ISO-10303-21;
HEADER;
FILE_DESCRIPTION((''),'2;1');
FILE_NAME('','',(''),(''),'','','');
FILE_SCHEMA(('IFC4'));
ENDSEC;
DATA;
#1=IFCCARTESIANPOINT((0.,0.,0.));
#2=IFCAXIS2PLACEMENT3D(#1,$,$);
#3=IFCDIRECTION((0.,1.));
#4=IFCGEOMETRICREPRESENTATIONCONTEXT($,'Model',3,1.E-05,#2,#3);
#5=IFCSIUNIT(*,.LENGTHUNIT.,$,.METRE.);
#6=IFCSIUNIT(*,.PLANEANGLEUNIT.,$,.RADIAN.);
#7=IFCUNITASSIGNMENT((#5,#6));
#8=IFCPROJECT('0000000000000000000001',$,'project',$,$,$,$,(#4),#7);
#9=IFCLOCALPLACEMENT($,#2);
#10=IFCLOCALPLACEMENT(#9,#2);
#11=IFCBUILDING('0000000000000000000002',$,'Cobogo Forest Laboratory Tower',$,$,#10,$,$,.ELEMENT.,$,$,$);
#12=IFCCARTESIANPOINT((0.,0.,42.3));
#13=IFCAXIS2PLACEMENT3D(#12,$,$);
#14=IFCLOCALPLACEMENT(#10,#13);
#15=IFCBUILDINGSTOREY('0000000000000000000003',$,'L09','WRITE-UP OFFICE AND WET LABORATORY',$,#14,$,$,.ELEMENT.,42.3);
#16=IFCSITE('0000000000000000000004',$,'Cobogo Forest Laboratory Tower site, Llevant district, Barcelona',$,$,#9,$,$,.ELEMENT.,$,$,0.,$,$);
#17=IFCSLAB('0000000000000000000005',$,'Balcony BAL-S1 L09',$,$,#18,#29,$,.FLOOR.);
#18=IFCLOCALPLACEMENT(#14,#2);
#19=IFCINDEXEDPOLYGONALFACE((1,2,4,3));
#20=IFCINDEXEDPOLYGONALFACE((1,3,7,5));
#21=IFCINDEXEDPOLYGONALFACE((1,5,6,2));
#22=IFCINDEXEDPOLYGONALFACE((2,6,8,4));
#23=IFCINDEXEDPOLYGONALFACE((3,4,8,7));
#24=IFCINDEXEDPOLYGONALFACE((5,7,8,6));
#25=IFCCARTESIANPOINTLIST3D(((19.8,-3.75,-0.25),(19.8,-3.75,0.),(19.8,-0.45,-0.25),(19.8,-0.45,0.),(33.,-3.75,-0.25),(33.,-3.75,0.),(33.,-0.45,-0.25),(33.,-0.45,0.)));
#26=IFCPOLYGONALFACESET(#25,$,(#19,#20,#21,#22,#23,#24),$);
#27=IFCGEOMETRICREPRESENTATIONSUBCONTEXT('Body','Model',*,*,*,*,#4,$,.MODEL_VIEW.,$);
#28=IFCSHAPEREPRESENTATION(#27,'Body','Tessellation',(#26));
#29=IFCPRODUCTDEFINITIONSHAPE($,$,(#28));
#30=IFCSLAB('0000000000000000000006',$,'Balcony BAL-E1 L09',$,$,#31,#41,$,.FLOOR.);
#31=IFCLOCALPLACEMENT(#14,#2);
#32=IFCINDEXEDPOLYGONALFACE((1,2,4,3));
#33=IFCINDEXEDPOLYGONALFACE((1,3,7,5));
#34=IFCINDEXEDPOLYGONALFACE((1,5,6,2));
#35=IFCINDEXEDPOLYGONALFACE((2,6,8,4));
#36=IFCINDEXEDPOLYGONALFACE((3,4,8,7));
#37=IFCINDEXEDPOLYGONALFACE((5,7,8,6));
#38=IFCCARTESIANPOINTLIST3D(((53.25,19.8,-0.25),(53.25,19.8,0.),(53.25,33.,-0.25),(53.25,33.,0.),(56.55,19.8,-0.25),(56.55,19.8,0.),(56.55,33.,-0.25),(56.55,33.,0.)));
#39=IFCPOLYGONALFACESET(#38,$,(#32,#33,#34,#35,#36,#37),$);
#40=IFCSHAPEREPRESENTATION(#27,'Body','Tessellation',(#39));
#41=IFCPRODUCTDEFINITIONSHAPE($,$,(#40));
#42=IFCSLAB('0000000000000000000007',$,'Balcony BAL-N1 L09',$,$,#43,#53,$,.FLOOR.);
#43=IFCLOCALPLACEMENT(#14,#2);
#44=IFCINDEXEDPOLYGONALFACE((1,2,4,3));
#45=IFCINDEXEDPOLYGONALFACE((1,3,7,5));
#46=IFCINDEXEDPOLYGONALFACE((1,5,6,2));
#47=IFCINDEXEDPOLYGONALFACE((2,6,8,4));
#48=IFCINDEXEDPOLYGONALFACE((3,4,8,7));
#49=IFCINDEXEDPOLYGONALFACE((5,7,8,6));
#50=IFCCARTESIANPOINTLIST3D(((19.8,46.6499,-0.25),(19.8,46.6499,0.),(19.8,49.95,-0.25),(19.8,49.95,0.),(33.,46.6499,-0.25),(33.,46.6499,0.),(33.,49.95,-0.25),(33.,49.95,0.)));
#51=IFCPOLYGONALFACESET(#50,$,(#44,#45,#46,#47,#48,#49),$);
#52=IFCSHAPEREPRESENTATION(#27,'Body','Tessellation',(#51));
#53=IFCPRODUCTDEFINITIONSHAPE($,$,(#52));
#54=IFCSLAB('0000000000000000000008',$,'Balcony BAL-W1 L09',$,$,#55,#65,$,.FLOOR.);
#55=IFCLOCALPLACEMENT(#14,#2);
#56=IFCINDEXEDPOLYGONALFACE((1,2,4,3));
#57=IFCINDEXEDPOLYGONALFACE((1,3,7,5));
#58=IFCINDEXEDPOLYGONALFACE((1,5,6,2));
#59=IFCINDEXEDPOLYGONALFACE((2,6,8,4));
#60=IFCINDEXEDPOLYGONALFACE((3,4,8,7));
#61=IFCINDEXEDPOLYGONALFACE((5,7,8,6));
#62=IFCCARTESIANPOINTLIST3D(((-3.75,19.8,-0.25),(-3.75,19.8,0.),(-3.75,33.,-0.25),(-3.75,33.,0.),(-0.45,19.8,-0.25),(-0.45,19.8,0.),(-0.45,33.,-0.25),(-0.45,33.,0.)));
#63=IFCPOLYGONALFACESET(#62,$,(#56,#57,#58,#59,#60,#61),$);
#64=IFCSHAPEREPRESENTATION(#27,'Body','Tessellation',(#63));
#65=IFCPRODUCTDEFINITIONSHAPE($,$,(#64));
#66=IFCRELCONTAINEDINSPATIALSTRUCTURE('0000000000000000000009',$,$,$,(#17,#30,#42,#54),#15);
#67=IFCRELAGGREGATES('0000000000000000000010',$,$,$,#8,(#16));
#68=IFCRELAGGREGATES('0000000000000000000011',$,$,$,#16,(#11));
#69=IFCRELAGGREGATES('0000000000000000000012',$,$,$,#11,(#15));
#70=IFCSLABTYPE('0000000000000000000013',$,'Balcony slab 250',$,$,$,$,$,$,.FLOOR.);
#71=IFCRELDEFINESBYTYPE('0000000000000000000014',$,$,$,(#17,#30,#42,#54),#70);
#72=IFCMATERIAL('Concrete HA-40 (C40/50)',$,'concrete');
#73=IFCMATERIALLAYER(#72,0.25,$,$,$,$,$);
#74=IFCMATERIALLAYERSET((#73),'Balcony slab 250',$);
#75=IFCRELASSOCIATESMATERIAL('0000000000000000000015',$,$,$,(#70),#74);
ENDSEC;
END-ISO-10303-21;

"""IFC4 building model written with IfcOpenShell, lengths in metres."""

from ifc_helpers import new_model, si_unit, direction, frame, origin, place, context, subcontext, project, spatial, polyline, outline, extrude, material, layer, layer_set, type_object, element, save


model = new_model("IFC4")

# Units and contexts
model_context = context("Model", 3, precision=1e-05, world=origin(), true_north=direction((0.0, 1.0)))
body_context = subcontext(model_context, "Body", "Model", "MODEL_VIEW")
ifc_project = project(units=[si_unit("LENGTHUNIT", "METRE"), si_unit("PLANEANGLEUNIT", "RADIAN")], contexts=[model_context])

# Site, building, storey
site_placement = place(None, origin())
site = spatial("IfcSite", under=ifc_project, at=site_placement, Name="Cobogo Forest Laboratory Tower site, Llevant district, Barcelona", CompositionType="ELEMENT", RefElevation=0.0)
building_placement = place(site_placement, origin())
building = spatial("IfcBuilding", under=site, at=building_placement, Name="Cobogo Forest Laboratory Tower", CompositionType="ELEMENT")
storey_placement = place(building_placement, frame((0.0, 0.0, 42.3)))
storey = spatial("IfcBuildingStorey", under=building, at=storey_placement, Name="L09", Description="WRITE-UP OFFICE AND WET LABORATORY", CompositionType="ELEMENT", Elevation=42.3)

# Slabs
ifc_material_1 = material(Name="Concrete HA-40 (C40/50)", Category="concrete")
ifc_layer_1 = layer(ifc_material_1, 0.25)
ifc_layer_set_1 = layer_set([ifc_layer_1], Name="Balcony slab 250")
slab_type_1 = type_object("IfcSlabType", Name="Balcony slab 250", PredefinedType="FLOOR", material=ifc_layer_set_1)
slab_1_placement = place(storey_placement, frame((0.0, 0.0, -0.25)))
element("IfcSlab", 1, at=slab_1_placement, inside=storey, type_object=slab_type_1, Name="Balcony BAL-S1 L09", PredefinedType="FLOOR", context=body_context, shape_type="SweptSolid", body=[
    extrude(outline(polyline([(19.8, -3.75), (33.0, -3.75), (33.0, -0.45), (19.8, -0.45), (19.8, -3.75)])), origin(), (0.0, 0.0, 1.0), 0.25),
])
slab_2_placement = place(storey_placement, frame((0.0, 0.0, -0.25)))
element("IfcSlab", 2, at=slab_2_placement, inside=storey, type_object=slab_type_1, Name="Balcony BAL-E1 L09", PredefinedType="FLOOR", context=body_context, shape_type="SweptSolid", body=[
    extrude(outline(polyline([(53.25, 19.8), (56.55, 19.8), (56.55, 33.0), (53.25, 33.0), (53.25, 19.8)])), origin(), (0.0, 0.0, 1.0), 0.25),
])
slab_3_placement = place(storey_placement, frame((0.0, 0.0, -0.25)))
element("IfcSlab", 3, at=slab_3_placement, inside=storey, type_object=slab_type_1, Name="Balcony BAL-N1 L09", PredefinedType="FLOOR", context=body_context, shape_type="SweptSolid", body=[
    extrude(outline(polyline([(19.8, 46.6499), (33.0, 46.6499), (33.0, 49.95), (19.8, 49.95), (19.8, 46.6499)])), origin(), (0.0, 0.0, 1.0), 0.25),
])
slab_4_placement = place(storey_placement, frame((0.0, 0.0, -0.25)))
element("IfcSlab", 4, at=slab_4_placement, inside=storey, type_object=slab_type_1, Name="Balcony BAL-W1 L09", PredefinedType="FLOOR", context=body_context, shape_type="SweptSolid", body=[
    extrude(outline(polyline([(-3.75, 19.8), (-0.45, 19.8), (-0.45, 33.0), (-3.75, 33.0), (-3.75, 19.8)])), origin(), (0.0, 0.0, 1.0), 0.25),
])

save(model, "model.ifc")
